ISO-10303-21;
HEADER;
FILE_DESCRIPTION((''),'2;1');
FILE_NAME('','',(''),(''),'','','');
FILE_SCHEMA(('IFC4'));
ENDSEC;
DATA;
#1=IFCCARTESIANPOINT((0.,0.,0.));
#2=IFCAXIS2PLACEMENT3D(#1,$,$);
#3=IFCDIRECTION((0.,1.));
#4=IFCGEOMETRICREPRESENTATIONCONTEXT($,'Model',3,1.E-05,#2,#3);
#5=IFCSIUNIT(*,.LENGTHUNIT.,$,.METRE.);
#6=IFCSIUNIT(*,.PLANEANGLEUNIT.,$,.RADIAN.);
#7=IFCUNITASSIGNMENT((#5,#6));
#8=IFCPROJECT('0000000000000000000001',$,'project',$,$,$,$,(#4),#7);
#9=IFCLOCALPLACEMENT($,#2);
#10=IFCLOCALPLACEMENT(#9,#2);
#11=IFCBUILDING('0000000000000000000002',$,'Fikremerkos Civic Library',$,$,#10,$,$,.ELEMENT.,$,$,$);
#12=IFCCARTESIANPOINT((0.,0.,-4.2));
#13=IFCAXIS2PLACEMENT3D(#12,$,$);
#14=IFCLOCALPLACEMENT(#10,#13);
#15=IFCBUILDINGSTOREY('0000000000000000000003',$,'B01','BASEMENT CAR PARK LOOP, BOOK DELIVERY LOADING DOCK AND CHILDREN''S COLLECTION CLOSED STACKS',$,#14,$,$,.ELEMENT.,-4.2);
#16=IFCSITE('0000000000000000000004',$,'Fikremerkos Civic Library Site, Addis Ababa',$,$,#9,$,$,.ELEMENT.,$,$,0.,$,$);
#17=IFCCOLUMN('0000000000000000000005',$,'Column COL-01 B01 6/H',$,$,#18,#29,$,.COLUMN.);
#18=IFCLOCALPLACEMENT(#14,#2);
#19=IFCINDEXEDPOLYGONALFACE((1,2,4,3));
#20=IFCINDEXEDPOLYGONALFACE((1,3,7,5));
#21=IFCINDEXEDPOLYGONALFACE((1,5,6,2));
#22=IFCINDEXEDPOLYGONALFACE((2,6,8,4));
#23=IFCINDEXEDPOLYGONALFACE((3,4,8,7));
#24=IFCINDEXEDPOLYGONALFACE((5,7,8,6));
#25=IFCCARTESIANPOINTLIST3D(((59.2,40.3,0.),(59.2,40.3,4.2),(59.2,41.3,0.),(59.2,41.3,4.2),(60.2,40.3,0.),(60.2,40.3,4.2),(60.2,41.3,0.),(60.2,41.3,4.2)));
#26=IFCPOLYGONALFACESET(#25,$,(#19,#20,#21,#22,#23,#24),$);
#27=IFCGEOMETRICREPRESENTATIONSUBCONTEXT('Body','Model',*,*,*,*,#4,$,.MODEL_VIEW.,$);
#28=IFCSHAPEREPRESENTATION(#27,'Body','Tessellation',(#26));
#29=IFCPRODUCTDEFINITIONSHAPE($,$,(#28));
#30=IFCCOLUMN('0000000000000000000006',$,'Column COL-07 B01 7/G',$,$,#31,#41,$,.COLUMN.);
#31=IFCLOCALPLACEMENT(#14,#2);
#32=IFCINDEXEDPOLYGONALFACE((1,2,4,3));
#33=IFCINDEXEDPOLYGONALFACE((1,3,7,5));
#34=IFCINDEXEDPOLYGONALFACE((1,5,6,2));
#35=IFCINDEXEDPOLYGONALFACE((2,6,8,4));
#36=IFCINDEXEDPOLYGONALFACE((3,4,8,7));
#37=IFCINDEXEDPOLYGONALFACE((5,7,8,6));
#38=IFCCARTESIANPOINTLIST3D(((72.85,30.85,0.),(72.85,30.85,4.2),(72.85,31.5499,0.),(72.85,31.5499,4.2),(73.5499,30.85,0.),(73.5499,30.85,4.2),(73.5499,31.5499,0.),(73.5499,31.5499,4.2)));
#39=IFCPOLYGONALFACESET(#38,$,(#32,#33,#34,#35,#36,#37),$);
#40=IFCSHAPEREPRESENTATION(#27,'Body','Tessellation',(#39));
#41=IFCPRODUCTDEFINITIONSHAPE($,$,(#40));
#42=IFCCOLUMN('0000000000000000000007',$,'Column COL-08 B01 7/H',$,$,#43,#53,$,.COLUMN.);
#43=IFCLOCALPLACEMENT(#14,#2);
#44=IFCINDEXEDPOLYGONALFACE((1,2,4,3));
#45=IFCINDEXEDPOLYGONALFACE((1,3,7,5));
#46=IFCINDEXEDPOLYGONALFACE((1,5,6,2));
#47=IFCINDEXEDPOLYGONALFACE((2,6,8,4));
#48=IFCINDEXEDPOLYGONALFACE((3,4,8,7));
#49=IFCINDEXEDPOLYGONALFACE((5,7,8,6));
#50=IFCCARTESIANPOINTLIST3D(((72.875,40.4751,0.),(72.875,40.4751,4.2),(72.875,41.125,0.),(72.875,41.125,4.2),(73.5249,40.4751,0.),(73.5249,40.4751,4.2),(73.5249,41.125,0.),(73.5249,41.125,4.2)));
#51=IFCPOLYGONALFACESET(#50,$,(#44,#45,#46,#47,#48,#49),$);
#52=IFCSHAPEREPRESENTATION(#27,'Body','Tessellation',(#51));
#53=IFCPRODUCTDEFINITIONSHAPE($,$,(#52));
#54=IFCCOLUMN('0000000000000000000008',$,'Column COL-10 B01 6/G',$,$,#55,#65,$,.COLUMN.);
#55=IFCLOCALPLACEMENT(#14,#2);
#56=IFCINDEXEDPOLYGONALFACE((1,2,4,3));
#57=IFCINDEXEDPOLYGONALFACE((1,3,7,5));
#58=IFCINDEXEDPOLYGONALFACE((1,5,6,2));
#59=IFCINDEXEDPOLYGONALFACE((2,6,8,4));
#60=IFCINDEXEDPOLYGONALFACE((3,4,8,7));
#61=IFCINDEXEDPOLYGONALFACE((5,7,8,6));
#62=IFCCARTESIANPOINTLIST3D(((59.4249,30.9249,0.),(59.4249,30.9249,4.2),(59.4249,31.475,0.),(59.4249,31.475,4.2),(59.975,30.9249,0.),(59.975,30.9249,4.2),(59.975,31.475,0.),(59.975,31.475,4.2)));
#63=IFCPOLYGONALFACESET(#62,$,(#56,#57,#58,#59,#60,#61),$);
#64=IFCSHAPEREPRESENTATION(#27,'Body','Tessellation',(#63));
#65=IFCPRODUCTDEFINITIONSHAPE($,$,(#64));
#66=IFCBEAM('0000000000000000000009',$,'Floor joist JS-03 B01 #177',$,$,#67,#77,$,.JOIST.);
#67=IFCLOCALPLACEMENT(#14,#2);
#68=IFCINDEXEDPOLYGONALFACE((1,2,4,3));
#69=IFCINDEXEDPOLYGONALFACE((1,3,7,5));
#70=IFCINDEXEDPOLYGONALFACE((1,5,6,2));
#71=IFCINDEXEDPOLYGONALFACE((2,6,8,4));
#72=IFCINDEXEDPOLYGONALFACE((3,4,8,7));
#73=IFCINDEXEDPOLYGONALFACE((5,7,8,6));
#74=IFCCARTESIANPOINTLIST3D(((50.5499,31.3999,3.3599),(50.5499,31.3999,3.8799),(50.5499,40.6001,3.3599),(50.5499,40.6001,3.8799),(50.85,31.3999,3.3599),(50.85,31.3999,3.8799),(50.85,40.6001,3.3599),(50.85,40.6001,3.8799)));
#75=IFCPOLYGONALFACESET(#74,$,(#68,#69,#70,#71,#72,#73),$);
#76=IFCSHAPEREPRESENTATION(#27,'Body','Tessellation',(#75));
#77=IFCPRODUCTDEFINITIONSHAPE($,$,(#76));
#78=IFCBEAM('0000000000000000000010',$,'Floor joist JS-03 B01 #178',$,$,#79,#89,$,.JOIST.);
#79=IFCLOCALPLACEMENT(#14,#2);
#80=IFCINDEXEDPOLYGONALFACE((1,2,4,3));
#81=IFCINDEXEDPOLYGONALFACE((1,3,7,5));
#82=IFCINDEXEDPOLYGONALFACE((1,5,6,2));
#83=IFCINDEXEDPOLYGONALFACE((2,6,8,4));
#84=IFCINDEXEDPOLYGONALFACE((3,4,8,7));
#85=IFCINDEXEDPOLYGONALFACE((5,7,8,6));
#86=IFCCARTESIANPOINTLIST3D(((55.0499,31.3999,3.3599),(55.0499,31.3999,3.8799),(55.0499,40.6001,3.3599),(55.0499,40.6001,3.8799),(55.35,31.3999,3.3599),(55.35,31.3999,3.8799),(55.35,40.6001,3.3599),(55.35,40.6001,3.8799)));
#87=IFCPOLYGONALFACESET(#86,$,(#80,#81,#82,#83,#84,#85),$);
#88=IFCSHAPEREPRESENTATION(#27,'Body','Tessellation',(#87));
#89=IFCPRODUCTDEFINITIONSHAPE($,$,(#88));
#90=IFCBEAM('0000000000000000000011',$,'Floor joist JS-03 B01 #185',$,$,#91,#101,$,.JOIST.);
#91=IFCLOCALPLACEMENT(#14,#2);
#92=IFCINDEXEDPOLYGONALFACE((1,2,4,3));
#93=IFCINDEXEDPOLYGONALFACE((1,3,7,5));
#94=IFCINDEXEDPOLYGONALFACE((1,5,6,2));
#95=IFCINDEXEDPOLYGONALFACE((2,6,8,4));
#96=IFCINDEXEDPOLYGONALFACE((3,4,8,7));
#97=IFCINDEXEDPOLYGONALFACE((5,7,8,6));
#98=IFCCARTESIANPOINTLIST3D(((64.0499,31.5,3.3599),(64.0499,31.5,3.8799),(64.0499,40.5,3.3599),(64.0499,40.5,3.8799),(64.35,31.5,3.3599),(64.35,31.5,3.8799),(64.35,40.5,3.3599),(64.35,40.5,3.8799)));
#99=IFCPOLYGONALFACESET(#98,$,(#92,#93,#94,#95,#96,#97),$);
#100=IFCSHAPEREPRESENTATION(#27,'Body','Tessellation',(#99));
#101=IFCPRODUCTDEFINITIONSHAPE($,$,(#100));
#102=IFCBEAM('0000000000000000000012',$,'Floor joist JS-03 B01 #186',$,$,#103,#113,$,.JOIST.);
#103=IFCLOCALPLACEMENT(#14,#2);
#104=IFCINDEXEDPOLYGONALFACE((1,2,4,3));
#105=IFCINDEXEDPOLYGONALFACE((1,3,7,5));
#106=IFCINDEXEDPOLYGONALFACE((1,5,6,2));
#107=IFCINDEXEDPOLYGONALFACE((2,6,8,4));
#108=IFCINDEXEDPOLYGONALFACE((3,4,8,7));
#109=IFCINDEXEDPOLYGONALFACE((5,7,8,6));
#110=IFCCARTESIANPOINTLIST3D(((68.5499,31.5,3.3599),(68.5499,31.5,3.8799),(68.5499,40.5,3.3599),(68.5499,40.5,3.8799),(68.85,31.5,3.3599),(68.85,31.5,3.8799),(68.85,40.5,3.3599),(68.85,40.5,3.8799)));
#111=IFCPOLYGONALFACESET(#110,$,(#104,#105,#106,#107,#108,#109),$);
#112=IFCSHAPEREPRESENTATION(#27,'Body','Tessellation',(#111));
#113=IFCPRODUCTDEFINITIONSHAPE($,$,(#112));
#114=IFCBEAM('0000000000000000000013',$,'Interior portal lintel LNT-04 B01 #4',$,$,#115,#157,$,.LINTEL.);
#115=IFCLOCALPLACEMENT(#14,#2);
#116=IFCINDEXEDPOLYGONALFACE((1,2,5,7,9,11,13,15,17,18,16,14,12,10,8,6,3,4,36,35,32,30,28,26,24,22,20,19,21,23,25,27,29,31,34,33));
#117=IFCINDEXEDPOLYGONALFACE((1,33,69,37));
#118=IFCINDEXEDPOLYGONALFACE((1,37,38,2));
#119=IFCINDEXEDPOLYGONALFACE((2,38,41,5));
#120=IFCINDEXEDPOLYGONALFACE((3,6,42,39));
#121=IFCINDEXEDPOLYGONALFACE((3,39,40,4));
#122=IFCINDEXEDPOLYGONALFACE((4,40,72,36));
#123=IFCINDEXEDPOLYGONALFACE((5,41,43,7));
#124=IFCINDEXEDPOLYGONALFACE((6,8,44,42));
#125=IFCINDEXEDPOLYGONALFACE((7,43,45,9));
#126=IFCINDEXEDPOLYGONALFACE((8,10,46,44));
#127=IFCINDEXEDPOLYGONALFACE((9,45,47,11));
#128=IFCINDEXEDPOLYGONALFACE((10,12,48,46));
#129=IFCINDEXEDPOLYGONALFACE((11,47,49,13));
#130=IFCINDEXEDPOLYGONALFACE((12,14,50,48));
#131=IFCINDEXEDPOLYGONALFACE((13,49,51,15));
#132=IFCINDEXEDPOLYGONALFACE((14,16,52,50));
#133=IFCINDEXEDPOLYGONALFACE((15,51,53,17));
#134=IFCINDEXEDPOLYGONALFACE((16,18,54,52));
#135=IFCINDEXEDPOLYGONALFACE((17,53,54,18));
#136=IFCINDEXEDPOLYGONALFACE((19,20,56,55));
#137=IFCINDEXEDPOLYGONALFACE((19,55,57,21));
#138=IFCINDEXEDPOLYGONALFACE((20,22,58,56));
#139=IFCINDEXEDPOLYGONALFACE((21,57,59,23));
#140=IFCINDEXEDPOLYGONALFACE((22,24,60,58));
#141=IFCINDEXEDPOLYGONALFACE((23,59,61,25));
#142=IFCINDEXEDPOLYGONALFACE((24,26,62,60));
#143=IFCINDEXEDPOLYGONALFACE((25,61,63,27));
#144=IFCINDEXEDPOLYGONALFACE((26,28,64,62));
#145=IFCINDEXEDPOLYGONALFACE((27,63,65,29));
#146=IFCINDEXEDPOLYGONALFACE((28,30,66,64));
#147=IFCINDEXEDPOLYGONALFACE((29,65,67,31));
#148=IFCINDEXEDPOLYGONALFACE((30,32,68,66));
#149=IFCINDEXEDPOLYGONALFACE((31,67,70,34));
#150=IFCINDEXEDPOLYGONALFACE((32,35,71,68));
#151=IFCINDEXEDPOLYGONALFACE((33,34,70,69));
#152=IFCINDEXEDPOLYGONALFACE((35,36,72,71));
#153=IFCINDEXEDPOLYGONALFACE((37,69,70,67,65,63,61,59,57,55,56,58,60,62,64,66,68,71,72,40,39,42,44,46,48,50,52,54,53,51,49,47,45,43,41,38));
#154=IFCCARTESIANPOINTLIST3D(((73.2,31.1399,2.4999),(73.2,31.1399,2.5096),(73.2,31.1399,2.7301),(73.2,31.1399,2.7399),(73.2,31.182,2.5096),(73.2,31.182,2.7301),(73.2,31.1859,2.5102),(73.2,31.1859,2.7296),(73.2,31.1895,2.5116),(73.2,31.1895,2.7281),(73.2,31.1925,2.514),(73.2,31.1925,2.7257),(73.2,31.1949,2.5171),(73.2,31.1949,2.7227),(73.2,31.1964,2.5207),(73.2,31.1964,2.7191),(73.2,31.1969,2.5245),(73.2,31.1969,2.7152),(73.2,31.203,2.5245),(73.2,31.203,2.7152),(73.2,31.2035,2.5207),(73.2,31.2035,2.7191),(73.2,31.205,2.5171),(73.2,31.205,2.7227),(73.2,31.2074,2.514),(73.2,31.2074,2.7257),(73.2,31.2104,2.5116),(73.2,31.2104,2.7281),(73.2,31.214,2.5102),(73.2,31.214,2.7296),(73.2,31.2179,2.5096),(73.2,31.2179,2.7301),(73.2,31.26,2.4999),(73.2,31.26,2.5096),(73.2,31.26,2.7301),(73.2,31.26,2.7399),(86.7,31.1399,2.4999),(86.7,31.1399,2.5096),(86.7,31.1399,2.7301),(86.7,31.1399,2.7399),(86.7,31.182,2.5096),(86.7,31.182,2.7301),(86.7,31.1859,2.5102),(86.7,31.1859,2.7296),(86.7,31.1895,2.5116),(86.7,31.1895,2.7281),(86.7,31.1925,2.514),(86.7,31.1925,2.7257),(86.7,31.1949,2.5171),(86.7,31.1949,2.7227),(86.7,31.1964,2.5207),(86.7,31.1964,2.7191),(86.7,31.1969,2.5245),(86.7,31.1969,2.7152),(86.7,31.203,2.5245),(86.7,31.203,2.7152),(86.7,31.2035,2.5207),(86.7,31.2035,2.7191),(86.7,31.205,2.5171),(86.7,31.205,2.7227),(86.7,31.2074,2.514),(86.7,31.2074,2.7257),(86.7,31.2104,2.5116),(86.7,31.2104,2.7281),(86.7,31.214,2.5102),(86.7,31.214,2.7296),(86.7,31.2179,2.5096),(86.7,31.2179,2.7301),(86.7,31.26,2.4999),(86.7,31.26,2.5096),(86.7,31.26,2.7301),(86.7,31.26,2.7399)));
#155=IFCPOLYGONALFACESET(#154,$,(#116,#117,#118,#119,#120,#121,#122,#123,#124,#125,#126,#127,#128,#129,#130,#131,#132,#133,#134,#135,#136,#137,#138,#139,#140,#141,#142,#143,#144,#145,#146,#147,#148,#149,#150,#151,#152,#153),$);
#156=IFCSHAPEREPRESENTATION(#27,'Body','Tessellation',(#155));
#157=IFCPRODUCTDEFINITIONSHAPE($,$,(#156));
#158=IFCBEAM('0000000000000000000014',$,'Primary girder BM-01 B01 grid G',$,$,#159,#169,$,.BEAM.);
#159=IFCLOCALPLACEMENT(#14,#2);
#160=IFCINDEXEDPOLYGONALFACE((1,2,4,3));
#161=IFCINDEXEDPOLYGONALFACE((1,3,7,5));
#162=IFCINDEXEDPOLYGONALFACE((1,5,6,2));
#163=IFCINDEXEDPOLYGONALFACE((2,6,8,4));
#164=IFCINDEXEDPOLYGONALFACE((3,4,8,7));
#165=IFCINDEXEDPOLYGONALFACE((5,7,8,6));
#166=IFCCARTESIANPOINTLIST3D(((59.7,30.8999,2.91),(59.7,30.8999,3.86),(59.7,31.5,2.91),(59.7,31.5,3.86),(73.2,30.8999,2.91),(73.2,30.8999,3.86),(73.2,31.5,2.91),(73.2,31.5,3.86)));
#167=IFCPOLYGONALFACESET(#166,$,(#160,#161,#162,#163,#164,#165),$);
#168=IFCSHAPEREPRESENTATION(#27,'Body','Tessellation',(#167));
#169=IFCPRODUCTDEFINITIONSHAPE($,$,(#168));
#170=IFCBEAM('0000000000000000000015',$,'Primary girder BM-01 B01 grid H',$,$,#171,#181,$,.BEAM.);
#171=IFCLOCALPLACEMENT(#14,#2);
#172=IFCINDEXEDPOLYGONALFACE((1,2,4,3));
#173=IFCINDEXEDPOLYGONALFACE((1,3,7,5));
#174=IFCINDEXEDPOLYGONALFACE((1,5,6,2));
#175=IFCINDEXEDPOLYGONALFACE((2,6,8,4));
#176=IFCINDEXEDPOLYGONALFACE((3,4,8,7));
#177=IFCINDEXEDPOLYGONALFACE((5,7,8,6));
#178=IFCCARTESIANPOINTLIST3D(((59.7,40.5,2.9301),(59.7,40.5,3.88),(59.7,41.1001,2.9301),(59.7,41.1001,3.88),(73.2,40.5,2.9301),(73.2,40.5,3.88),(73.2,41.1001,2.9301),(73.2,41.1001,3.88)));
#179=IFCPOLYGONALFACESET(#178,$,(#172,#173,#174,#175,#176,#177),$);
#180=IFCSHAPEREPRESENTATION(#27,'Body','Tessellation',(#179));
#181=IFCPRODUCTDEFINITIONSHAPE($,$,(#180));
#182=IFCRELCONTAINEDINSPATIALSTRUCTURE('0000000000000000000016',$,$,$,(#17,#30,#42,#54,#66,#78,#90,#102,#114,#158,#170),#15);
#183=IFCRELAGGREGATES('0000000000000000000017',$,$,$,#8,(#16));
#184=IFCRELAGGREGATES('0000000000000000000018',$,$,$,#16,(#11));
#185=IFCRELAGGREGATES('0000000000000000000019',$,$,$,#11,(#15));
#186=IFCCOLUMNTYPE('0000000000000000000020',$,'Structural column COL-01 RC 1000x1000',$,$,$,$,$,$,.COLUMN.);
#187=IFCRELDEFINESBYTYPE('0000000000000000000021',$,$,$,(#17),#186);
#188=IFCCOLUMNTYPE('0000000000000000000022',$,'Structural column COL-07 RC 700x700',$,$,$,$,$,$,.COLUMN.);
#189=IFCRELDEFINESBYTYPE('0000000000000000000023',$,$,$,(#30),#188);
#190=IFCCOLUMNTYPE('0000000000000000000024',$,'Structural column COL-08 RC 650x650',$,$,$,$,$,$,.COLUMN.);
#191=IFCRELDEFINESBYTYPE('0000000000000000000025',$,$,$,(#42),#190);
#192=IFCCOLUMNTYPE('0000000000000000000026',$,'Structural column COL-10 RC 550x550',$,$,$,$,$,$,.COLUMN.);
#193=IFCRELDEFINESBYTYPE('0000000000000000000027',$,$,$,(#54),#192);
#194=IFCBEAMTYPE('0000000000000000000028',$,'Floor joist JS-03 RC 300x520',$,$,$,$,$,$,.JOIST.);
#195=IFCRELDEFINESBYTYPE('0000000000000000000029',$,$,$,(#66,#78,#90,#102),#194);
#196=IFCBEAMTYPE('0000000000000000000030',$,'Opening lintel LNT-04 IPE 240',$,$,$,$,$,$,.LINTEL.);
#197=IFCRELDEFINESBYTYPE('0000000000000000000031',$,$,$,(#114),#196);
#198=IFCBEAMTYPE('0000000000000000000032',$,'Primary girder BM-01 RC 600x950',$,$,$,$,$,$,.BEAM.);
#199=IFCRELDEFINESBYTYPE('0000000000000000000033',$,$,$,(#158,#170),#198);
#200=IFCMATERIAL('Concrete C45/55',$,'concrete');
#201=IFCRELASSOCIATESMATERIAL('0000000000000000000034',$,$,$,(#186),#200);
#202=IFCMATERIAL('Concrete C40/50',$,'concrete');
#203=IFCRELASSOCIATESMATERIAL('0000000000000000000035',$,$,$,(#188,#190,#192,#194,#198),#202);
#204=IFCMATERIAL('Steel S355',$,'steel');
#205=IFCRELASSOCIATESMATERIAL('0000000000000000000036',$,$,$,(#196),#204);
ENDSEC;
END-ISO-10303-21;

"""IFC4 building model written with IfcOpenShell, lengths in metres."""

from ifc_helpers import new_model, si_unit, direction, frame, origin, origin_2d, place, context, subcontext, project, spatial, rectangle, i_section, extrude, material, material_profile, profile_set, type_object, element, save


model = new_model("IFC4")

# Units and contexts
model_context = context("Model", 3, precision=1e-05, world=origin(), true_north=direction((0.0, 1.0)))
body_context = subcontext(model_context, "Body", "Model", "MODEL_VIEW")
ifc_project = project(units=[si_unit("LENGTHUNIT", "METRE"), si_unit("PLANEANGLEUNIT", "RADIAN")], contexts=[model_context])

# Site, building, storey
site_placement = place(None, origin())
site = spatial("IfcSite", under=ifc_project, at=site_placement, Name="Fikremerkos Civic Library Site, Addis Ababa", CompositionType="ELEMENT", RefElevation=0.0)
building_placement = place(site_placement, origin())
building = spatial("IfcBuilding", under=site, at=building_placement, Name="Fikremerkos Civic Library", CompositionType="ELEMENT")
storey_placement = place(building_placement, frame((0.0, 0.0, -4.2)))
storey = spatial("IfcBuildingStorey", under=building, at=storey_placement, Name="B01", Description="BASEMENT CAR PARK LOOP, BOOK DELIVERY LOADING DOCK AND CHILDREN'S COLLECTION CLOSED STACKS", CompositionType="ELEMENT", Elevation=-4.2)

# Columns
ifc_material_1 = material(Name="Concrete C45/55", Category="concrete")
ifc_material_profile_1 = material_profile(ifc_material_1, rectangle(XDim=1.0, YDim=1.0, at=origin_2d()), Name="RC 1000x1000")
ifc_profile_set_1 = profile_set([ifc_material_profile_1], Name="Concrete C45/55")
column_type_1 = type_object("IfcColumnType", Name="Structural column COL-01 RC 1000x1000", PredefinedType="COLUMN", material=ifc_profile_set_1)
column_1_placement = place(storey_placement, frame((59.7, 40.8, 0.0), z_axis=(0.0, 0.0, 1.0), x_axis=(1.0, 0.0, 0.0)))
element("IfcColumn", 1, at=column_1_placement, inside=storey, type_object=column_type_1, Name="Column COL-01 B01 6/H", PredefinedType="COLUMN", context=body_context, shape_type="SweptSolid", body=[
    extrude(rectangle(XDim=1.0, YDim=1.0, at=origin_2d()), origin(), (0.0, 0.0, 1.0), 4.2),
])
ifc_material_2 = material(Name="Concrete C40/50", Category="concrete")
ifc_material_profile_2 = material_profile(ifc_material_2, rectangle(XDim=0.7, YDim=0.7, at=origin_2d()), Name="RC 700x700")
ifc_profile_set_2 = profile_set([ifc_material_profile_2], Name="Concrete C40/50")
column_type_2 = type_object("IfcColumnType", Name="Structural column COL-07 RC 700x700", PredefinedType="COLUMN", material=ifc_profile_set_2)
column_2_placement = place(storey_placement, frame((73.2, 31.2, 0.0), z_axis=(0.0, 0.0, 1.0), x_axis=(1.0, 0.0, 0.0)))
element("IfcColumn", 2, at=column_2_placement, inside=storey, type_object=column_type_2, Name="Column COL-07 B01 7/G", PredefinedType="COLUMN", context=body_context, shape_type="SweptSolid", body=[
    extrude(rectangle(XDim=0.7, YDim=0.7, at=origin_2d()), origin(), (0.0, 0.0, 1.0), 4.2),
])
ifc_material_profile_3 = material_profile(ifc_material_2, rectangle(XDim=0.6499, YDim=0.6499, at=origin_2d()), Name="RC 650x650")
ifc_profile_set_3 = profile_set([ifc_material_profile_3], Name="Concrete C40/50")
column_type_3 = type_object("IfcColumnType", Name="Structural column COL-08 RC 650x650", PredefinedType="COLUMN", material=ifc_profile_set_3)
column_3_placement = place(storey_placement, frame((73.2, 40.8, 0.0), z_axis=(0.0, 0.0, 1.0), x_axis=(1.0, 0.0, 0.0)))
element("IfcColumn", 3, at=column_3_placement, inside=storey, type_object=column_type_3, Name="Column COL-08 B01 7/H", PredefinedType="COLUMN", context=body_context, shape_type="SweptSolid", body=[
    extrude(rectangle(XDim=0.6499, YDim=0.6499, at=origin_2d()), origin(), (0.0, 0.0, 1.0), 4.2),
])
ifc_material_profile_4 = material_profile(ifc_material_2, rectangle(XDim=0.55, YDim=0.55, at=origin_2d()), Name="RC 550x550")
ifc_profile_set_4 = profile_set([ifc_material_profile_4], Name="Concrete C40/50")
column_type_4 = type_object("IfcColumnType", Name="Structural column COL-10 RC 550x550", PredefinedType="COLUMN", material=ifc_profile_set_4)
column_4_placement = place(storey_placement, frame((59.7, 31.2, 0.0), z_axis=(0.0, 0.0, 1.0), x_axis=(1.0, 0.0, 0.0)))
element("IfcColumn", 4, at=column_4_placement, inside=storey, type_object=column_type_4, Name="Column COL-10 B01 6/G", PredefinedType="COLUMN", context=body_context, shape_type="SweptSolid", body=[
    extrude(rectangle(XDim=0.55, YDim=0.55, at=origin_2d()), origin(), (0.0, 0.0, 1.0), 4.2),
])

# Beams
ifc_material_profile_5 = material_profile(ifc_material_2, rectangle(XDim=0.3, YDim=0.52, at=origin_2d()), Name="RC 300x520")
ifc_profile_set_5 = profile_set([ifc_material_profile_5], Name="Concrete C40/50")
beam_type_1 = type_object("IfcBeamType", Name="Floor joist JS-03 RC 300x520", PredefinedType="JOIST", material=ifc_profile_set_5)
for number, where, z_axis, x_axis, name in (
    (5, (50.7, 31.3999, 3.6199), (0.0, 1.0, 0.0), (-1.0, 0.0, 0.0), "Floor joist JS-03 B01 #177"),
    (6, (55.2, 31.3999, 3.6199), (0.0, 1.0, 0.0), (-1.0, 0.0, 0.0), "Floor joist JS-03 B01 #178"),
):
    element("IfcBeam", number, at=place(storey_placement, frame(where, z_axis=z_axis, x_axis=x_axis)), inside=storey, type_object=beam_type_1, Name=name, PredefinedType="JOIST", context=body_context, shape_type="SweptSolid", body=[
        extrude(rectangle(XDim=0.3, YDim=0.52, at=origin_2d()), origin(), (0.0, 0.0, 1.0), 9.2002),
    ])
for number, where, z_axis, x_axis, name in (
    (7, (64.2, 31.5, 3.6199), (0.0, 1.0, 0.0), (-1.0, 0.0, 0.0), "Floor joist JS-03 B01 #185"),
    (8, (68.7, 31.5, 3.6199), (0.0, 1.0, 0.0), (-1.0, 0.0, 0.0), "Floor joist JS-03 B01 #186"),
):
    element("IfcBeam", number, at=place(storey_placement, frame(where, z_axis=z_axis, x_axis=x_axis)), inside=storey, type_object=beam_type_1, Name=name, PredefinedType="JOIST", context=body_context, shape_type="SweptSolid", body=[
        extrude(rectangle(XDim=0.3, YDim=0.52, at=origin_2d()), origin(), (0.0, 0.0, 1.0), 9.0),
    ])
ifc_material_3 = material(Name="Steel S355", Category="steel")
ifc_material_profile_6 = material_profile(ifc_material_3, i_section(OverallWidth=0.1201, OverallDepth=0.24, WebThickness=0.0061, FlangeThickness=0.0098, FilletRadius=0.0149, at=origin_2d()), Name="IPE 240")
ifc_profile_set_6 = profile_set([ifc_material_profile_6], Name="Steel S355")
beam_type_2 = type_object("IfcBeamType", Name="Opening lintel LNT-04 IPE 240", PredefinedType="LINTEL", material=ifc_profile_set_6)
beam_1_placement = place(storey_placement, frame((73.2, 31.2, 2.6199), z_axis=(1.0, 0.0, 0.0), x_axis=(0.0, 1.0, 0.0)))
element("IfcBeam", 9, at=beam_1_placement, inside=storey, type_object=beam_type_2, Name="Interior portal lintel LNT-04 B01 #4", PredefinedType="LINTEL", context=body_context, shape_type="SweptSolid", body=[
    extrude(i_section(OverallWidth=0.1201, OverallDepth=0.24, WebThickness=0.0061, FlangeThickness=0.0098, FilletRadius=0.0149, at=origin_2d()), origin(), (0.0, 0.0, 1.0), 13.5),
])
ifc_material_profile_7 = material_profile(ifc_material_2, rectangle(XDim=0.6001, YDim=0.95, at=origin_2d()), Name="RC 600x950")
ifc_profile_set_7 = profile_set([ifc_material_profile_7], Name="Concrete C40/50")
beam_type_3 = type_object("IfcBeamType", Name="Primary girder BM-01 RC 600x950", PredefinedType="BEAM", material=ifc_profile_set_7)
for number, where, z_axis, x_axis, name in (
    (10, (59.7, 31.2, 3.385), (1.0, 0.0, 0.0), (0.0, 1.0, 0.0), "Primary girder BM-01 B01 grid G"),
    (11, (59.7, 40.8, 3.405), (1.0, 0.0, 0.0), (0.0, 1.0, 0.0), "Primary girder BM-01 B01 grid H"),
):
    element("IfcBeam", number, at=place(storey_placement, frame(where, z_axis=z_axis, x_axis=x_axis)), inside=storey, type_object=beam_type_3, Name=name, PredefinedType="BEAM", context=body_context, shape_type="SweptSolid", body=[
        extrude(rectangle(XDim=0.6001, YDim=0.95, at=origin_2d()), origin(), (0.0, 0.0, 1.0), 13.5),
    ])

save(model, "model.ifc")
